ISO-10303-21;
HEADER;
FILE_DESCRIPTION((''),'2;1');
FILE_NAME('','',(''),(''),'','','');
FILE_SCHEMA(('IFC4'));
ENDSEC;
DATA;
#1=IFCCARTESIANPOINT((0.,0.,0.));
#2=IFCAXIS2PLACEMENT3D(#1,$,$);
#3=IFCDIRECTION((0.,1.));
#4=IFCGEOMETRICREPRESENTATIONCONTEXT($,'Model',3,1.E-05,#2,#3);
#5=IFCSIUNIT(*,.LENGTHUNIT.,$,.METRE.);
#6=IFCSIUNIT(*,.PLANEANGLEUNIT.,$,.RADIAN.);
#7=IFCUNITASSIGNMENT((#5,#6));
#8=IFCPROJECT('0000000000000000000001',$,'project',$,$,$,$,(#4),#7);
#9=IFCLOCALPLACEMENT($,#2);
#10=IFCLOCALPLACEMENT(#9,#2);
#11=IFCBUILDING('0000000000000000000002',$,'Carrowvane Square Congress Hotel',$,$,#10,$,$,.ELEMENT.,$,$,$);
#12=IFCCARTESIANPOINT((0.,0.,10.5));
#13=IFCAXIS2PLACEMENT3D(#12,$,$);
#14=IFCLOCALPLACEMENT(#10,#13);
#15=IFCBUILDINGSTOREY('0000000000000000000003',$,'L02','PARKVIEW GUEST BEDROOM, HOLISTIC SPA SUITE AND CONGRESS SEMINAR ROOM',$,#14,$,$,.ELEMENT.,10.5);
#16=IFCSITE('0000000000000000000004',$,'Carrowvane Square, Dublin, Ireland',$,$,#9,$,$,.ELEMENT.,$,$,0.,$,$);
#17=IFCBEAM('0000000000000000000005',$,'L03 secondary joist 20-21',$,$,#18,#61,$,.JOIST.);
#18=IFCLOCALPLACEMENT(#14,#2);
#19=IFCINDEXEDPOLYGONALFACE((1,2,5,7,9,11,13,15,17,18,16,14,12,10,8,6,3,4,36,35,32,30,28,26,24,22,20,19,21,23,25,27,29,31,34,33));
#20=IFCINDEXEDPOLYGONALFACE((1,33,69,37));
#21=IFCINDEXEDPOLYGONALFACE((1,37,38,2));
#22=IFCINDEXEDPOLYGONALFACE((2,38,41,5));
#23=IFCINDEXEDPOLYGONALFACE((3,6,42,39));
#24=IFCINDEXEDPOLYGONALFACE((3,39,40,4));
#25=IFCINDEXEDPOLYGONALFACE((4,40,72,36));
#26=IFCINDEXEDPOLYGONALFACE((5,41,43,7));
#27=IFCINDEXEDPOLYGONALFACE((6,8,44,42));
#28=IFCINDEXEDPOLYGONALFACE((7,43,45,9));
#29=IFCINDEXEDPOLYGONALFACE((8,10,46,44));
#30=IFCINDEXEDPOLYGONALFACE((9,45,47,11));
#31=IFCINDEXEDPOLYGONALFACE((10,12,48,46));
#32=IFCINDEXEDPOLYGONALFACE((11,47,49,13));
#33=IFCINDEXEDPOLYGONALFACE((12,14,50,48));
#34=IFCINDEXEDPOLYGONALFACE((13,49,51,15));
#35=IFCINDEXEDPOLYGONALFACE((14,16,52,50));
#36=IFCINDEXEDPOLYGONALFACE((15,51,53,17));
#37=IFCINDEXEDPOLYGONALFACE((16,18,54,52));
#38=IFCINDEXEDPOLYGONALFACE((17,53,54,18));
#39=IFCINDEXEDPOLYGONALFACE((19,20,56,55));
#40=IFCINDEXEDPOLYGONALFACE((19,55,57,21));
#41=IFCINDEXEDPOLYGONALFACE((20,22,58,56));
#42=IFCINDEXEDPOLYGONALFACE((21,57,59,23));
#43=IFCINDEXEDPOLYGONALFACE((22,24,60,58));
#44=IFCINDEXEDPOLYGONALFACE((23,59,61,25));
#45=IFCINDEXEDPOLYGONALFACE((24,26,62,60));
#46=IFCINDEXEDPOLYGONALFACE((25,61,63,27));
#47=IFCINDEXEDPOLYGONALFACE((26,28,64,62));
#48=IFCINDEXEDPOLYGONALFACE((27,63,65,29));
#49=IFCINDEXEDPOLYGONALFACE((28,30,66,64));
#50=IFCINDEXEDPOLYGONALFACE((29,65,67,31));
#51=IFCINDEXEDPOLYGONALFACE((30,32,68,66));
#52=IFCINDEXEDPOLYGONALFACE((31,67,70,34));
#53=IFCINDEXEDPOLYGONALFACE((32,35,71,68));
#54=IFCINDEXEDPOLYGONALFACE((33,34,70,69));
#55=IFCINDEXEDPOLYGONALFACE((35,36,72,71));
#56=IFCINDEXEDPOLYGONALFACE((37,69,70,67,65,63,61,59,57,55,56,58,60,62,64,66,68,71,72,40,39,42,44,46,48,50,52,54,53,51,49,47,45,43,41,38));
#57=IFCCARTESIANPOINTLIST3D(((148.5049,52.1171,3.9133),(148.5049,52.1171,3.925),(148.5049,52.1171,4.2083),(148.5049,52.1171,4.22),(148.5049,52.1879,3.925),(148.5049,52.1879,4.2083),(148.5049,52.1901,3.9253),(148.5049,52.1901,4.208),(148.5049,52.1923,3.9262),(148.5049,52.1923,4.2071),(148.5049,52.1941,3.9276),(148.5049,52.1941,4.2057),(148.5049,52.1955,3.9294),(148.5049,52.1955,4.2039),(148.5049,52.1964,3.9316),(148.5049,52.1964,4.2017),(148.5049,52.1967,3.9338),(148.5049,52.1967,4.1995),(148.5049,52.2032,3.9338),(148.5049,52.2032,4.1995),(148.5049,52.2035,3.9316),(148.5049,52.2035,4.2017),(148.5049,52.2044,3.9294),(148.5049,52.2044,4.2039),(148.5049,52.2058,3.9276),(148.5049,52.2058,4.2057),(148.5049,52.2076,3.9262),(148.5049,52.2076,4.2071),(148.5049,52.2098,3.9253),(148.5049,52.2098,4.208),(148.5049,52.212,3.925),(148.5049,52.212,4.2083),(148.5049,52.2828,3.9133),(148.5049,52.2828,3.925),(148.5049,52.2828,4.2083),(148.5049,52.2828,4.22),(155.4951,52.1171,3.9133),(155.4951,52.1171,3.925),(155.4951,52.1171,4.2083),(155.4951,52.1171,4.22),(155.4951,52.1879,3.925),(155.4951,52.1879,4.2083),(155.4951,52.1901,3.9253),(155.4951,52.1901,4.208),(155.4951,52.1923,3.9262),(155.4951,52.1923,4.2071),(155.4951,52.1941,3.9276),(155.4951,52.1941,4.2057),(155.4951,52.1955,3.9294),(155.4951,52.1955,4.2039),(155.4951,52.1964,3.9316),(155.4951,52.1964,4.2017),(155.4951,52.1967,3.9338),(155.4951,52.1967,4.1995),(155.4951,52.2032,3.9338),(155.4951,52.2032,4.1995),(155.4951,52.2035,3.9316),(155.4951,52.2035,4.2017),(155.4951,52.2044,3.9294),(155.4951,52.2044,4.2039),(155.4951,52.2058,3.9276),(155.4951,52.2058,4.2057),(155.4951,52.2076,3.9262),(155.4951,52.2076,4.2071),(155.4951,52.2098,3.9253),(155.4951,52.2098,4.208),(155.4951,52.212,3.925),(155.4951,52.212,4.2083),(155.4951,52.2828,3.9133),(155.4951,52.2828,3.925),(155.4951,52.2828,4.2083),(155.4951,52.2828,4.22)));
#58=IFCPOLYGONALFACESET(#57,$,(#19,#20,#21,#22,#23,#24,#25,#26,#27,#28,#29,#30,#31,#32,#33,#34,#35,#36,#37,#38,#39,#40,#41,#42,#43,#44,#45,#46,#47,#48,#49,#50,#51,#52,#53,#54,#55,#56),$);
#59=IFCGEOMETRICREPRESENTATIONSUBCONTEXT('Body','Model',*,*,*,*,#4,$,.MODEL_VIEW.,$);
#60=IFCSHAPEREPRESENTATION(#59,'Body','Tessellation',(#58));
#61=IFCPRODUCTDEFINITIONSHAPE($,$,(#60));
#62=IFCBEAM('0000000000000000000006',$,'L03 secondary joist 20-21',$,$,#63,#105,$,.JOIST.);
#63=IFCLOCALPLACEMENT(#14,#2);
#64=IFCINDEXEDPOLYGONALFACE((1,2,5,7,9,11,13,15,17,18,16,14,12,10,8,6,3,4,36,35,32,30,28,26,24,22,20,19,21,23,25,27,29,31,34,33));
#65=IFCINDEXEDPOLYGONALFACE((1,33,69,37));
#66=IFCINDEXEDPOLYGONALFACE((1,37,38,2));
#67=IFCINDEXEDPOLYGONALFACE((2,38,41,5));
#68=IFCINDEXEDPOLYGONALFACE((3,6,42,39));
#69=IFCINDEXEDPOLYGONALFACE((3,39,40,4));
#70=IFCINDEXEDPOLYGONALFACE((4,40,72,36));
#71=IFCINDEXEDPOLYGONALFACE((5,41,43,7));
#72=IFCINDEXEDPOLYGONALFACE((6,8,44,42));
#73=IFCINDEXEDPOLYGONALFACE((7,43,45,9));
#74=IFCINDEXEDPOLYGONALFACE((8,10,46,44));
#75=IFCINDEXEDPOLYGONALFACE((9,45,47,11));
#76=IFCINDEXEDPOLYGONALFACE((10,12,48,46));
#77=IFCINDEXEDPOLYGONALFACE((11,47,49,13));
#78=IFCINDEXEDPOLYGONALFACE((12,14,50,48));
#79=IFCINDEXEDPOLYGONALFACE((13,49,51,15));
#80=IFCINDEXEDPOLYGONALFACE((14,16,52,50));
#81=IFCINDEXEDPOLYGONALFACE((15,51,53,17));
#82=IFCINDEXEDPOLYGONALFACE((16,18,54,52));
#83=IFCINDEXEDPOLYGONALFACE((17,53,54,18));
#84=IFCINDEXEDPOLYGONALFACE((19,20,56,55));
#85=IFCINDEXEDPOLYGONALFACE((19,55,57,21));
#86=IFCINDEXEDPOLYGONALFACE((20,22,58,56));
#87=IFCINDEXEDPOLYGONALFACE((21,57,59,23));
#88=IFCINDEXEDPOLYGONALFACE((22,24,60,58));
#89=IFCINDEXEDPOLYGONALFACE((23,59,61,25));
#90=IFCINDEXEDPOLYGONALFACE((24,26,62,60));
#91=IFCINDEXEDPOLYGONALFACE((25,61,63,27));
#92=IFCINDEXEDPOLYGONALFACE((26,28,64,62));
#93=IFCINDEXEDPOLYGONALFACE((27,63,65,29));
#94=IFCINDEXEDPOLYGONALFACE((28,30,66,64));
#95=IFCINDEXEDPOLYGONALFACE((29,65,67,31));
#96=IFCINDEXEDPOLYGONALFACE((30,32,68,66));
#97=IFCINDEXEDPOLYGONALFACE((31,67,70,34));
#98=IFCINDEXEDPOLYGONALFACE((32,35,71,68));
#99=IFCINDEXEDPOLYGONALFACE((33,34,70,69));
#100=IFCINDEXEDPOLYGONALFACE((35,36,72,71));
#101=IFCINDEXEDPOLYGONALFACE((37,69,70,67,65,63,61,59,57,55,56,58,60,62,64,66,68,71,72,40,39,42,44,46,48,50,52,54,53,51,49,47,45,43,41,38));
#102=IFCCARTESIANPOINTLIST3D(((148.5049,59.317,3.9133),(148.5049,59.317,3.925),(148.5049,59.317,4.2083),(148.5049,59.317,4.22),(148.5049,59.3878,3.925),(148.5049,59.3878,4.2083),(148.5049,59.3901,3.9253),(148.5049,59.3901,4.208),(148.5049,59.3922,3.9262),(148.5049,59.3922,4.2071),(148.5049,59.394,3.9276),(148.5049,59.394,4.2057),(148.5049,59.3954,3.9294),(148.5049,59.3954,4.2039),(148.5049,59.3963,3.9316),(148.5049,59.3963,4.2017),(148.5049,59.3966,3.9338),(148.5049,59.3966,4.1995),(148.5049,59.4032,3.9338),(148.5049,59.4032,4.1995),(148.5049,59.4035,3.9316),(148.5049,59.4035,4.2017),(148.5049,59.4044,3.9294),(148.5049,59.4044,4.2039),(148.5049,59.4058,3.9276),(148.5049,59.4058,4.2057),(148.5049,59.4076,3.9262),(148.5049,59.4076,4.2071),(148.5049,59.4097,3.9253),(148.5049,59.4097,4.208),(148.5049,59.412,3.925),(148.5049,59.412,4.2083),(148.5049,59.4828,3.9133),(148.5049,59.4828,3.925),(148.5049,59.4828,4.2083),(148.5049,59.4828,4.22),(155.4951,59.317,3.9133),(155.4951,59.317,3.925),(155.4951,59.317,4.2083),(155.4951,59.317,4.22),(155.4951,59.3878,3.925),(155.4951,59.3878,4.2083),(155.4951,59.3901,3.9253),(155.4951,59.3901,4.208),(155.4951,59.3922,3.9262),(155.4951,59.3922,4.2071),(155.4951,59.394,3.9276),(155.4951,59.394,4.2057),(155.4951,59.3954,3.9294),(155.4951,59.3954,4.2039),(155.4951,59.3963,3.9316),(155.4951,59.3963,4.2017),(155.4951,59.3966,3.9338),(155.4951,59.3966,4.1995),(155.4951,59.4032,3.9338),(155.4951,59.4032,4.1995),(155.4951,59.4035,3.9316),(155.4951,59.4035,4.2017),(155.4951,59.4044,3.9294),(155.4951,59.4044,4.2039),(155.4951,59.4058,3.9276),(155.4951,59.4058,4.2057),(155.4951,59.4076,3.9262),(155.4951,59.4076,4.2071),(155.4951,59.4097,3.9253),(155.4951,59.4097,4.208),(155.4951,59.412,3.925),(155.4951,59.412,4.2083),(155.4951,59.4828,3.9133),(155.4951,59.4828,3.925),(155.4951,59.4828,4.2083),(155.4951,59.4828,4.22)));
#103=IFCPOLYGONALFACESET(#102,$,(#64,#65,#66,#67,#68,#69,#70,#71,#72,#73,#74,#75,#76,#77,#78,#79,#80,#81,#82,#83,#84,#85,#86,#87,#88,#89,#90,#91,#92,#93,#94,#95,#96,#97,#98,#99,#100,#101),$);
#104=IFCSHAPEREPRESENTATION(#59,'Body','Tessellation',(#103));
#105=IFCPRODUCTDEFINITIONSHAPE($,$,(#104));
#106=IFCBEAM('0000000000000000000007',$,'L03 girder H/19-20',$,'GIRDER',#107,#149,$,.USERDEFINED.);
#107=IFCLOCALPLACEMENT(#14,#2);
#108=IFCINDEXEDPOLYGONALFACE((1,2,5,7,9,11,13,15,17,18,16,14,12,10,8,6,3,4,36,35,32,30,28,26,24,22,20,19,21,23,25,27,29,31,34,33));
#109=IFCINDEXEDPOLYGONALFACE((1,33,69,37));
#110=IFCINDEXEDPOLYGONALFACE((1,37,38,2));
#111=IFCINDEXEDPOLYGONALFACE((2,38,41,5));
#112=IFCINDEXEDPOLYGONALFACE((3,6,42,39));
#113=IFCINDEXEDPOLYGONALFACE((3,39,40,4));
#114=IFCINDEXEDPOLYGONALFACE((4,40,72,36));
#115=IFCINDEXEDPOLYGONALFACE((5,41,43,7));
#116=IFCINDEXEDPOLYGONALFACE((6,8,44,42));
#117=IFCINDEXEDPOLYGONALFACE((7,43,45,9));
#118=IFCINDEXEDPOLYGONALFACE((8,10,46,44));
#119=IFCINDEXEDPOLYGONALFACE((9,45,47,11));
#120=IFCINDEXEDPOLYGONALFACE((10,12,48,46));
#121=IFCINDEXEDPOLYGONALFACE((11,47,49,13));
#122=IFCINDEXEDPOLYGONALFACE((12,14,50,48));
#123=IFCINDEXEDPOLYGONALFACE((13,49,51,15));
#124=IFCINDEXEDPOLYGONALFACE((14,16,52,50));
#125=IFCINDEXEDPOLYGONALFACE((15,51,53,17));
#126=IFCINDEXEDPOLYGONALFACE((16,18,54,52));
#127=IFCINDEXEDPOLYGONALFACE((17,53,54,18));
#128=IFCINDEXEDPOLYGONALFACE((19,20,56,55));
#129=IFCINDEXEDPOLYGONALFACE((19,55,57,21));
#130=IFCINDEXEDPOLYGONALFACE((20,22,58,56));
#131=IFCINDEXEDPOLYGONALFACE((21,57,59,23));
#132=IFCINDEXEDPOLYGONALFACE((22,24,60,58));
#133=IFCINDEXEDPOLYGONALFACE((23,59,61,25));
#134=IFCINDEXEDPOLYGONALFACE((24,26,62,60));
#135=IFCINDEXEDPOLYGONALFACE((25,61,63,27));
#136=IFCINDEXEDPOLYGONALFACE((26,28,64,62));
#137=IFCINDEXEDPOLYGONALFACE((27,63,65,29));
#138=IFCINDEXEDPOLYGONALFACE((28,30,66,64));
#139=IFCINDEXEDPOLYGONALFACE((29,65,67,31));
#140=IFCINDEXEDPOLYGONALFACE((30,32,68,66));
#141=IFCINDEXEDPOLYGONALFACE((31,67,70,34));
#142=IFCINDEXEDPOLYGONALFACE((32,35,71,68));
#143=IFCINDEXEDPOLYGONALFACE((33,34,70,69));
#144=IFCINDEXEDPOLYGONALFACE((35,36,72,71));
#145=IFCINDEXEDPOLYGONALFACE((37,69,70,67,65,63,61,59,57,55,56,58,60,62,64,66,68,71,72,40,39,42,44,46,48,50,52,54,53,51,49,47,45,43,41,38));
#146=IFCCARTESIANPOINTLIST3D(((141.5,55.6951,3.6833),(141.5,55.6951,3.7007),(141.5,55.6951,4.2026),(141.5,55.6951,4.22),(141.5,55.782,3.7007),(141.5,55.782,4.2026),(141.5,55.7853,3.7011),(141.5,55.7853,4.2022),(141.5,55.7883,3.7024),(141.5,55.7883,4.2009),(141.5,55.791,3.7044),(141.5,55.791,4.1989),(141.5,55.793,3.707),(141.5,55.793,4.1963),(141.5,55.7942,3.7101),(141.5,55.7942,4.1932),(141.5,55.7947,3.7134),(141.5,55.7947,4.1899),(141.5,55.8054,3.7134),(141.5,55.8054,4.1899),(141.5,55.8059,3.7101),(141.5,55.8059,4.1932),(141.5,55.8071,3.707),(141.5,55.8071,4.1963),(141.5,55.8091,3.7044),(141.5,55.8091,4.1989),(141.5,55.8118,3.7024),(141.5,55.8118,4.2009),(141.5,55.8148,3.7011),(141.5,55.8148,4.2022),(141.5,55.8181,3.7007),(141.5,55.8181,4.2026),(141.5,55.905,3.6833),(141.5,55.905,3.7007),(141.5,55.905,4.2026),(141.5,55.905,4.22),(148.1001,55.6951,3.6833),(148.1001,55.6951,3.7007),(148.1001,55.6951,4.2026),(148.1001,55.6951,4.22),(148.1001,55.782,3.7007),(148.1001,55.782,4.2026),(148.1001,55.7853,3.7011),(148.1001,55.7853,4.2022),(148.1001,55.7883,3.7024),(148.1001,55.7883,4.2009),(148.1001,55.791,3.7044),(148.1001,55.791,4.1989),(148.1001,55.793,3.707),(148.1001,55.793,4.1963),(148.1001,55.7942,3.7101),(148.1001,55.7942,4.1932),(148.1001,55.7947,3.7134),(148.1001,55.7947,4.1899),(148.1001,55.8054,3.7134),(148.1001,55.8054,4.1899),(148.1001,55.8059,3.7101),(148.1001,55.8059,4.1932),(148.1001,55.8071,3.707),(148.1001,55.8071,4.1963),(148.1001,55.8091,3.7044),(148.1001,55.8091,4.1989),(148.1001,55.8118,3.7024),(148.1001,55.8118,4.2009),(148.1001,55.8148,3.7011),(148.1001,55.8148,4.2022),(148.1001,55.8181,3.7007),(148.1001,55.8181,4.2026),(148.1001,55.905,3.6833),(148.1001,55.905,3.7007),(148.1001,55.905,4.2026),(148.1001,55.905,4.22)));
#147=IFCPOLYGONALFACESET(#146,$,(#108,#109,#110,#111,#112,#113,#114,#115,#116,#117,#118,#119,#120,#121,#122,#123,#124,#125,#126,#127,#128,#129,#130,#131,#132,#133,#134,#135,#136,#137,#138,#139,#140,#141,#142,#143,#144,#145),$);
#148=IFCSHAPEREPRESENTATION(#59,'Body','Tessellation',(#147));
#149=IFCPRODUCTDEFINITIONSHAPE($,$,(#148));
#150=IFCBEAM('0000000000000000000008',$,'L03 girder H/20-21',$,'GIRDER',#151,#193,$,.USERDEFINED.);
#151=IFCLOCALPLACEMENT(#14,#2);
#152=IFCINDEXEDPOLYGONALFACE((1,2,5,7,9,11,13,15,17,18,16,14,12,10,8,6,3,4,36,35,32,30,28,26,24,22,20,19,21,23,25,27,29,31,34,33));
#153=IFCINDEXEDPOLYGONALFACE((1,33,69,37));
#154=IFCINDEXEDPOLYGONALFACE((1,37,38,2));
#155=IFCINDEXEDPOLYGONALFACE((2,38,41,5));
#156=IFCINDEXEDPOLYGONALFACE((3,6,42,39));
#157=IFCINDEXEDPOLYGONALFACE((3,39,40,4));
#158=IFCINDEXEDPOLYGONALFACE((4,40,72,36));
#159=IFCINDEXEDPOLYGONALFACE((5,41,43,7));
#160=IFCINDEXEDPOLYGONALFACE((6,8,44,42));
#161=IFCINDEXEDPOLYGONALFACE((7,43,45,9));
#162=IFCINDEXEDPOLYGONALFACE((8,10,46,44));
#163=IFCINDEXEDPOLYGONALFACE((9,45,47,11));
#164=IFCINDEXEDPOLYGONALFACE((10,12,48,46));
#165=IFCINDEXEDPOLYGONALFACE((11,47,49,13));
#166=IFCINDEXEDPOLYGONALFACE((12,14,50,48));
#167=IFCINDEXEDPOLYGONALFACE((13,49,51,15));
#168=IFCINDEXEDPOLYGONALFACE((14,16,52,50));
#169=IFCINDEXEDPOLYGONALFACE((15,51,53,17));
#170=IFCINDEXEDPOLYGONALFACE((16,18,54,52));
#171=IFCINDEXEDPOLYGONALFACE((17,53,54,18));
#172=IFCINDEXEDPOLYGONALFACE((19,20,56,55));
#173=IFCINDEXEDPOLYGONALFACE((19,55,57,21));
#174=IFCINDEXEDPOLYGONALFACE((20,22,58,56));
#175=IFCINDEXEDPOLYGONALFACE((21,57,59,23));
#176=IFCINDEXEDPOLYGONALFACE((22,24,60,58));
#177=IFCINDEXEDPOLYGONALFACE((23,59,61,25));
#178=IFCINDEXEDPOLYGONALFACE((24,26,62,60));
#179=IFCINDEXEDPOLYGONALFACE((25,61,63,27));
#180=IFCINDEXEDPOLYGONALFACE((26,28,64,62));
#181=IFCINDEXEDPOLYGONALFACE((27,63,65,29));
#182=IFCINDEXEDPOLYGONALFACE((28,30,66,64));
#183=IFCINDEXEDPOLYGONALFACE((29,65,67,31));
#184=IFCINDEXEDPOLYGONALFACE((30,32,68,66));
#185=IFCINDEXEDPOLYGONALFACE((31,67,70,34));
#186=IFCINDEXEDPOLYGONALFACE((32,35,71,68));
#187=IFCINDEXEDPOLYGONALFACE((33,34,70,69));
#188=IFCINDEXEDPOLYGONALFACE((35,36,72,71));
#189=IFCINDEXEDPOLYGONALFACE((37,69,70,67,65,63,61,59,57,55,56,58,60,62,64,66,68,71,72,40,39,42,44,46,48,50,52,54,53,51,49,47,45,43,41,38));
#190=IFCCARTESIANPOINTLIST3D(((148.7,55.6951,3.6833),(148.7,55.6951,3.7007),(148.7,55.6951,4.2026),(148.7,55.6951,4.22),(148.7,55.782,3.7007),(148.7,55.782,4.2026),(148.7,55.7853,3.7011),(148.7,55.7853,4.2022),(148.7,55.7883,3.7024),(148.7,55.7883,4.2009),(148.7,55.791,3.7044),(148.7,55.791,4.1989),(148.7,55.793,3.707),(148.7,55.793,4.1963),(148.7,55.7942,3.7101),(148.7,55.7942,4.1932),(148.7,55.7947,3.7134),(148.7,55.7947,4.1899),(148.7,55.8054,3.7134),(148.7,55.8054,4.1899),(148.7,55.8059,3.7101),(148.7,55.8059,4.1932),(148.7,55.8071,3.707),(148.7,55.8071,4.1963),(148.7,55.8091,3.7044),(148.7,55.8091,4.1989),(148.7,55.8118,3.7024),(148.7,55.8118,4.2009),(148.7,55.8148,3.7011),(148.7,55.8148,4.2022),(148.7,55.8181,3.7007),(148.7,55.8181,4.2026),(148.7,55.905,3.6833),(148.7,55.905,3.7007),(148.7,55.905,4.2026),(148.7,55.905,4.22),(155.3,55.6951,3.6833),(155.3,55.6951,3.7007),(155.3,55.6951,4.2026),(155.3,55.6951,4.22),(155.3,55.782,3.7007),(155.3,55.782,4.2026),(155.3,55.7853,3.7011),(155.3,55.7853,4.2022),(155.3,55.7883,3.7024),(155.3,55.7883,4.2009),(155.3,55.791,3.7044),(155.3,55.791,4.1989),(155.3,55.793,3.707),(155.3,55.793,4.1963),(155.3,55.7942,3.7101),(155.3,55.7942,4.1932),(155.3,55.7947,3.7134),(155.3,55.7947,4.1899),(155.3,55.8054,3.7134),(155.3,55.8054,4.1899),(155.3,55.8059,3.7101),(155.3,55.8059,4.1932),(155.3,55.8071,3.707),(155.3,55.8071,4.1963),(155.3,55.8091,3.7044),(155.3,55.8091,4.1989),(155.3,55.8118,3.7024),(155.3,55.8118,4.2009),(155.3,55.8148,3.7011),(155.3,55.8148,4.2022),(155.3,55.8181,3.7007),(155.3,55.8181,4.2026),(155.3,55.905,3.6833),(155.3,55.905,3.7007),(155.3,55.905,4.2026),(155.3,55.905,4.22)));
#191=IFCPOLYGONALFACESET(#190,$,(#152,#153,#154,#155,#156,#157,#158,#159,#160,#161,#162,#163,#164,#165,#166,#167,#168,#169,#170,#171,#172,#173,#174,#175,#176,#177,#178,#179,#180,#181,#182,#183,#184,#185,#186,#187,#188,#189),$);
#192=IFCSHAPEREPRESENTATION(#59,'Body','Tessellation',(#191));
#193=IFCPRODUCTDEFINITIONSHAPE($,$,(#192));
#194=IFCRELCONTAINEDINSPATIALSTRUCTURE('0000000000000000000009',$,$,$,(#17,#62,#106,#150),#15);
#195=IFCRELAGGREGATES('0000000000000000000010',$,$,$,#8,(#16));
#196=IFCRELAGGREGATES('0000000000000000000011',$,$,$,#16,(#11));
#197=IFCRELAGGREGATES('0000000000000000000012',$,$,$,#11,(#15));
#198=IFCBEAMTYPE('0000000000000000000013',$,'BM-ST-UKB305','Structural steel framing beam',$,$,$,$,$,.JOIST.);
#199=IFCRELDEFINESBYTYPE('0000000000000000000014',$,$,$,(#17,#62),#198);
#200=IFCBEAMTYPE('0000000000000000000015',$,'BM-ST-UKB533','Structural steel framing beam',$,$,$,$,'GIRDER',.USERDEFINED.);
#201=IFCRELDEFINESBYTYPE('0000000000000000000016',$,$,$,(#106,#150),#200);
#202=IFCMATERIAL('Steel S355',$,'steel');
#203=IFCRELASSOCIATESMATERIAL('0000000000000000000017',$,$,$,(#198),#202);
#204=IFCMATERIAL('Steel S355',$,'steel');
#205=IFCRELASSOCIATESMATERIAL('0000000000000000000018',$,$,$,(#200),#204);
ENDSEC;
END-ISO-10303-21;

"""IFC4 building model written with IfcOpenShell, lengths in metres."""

from ifc_helpers import new_model, si_unit, direction, frame, origin, origin_2d, place, context, subcontext, project, spatial, i_section, extrude, material, material_profile, profile_set, type_object, element, save


model = new_model("IFC4")

# Units and contexts
model_context = context("Model", 3, precision=1e-05, world=origin(), true_north=direction((0.0, 1.0)))
body_context = subcontext(model_context, "Body", "Model", "MODEL_VIEW")
ifc_project = project(units=[si_unit("LENGTHUNIT", "METRE"), si_unit("PLANEANGLEUNIT", "RADIAN")], contexts=[model_context])

# Site, building, storey
site_placement = place(None, origin())
site = spatial("IfcSite", under=ifc_project, at=site_placement, Name="Carrowvane Square, Dublin, Ireland", CompositionType="ELEMENT", RefElevation=0.0)
building_placement = place(site_placement, origin())
building = spatial("IfcBuilding", under=site, at=building_placement, Name="Carrowvane Square Congress Hotel", CompositionType="ELEMENT")
storey_placement = place(building_placement, frame((0.0, 0.0, 10.5)))
storey = spatial("IfcBuildingStorey", under=building, at=storey_placement, Name="L02", Description="PARKVIEW GUEST BEDROOM, HOLISTIC SPA SUITE AND CONGRESS SEMINAR ROOM", CompositionType="ELEMENT", Elevation=10.5)

# Beams
ifc_material_1 = material(Name="Steel S355", Category="steel")
ifc_material_profile_1 = material_profile(ifc_material_1, i_section(OverallWidth=0.1658, OverallDepth=0.3066, WebThickness=0.0066, FlangeThickness=0.0117, FilletRadius=0.0088, at=origin_2d()), Name="UKB 305x165x46")
ifc_profile_set_1 = profile_set([ifc_material_profile_1], Name="Steel S355")
beam_type_1 = type_object("IfcBeamType", Name="BM-ST-UKB305", Description="Structural steel framing beam", PredefinedType="JOIST", material=ifc_profile_set_1)
for number, where, z_axis, x_axis, name in (
    (1, (148.5049, 52.2, 4.0667), (1.0, 0.0, 0.0), (0.0, 1.0, 0.0), "L03 secondary joist 20-21"),
    (2, (148.5049, 59.3999, 4.0667), (1.0, 0.0, 0.0), (0.0, 1.0, 0.0), "L03 secondary joist 20-21"),
):
    element("IfcBeam", number, at=place(storey_placement, frame(where, z_axis=z_axis, x_axis=x_axis)), inside=storey, type_object=beam_type_1, Name=name, PredefinedType="JOIST", context=body_context, shape_type="SweptSolid", body=[
        extrude(i_section(OverallWidth=0.1658, OverallDepth=0.3066, WebThickness=0.0066, FlangeThickness=0.0117, FilletRadius=0.0088, at=origin_2d()), origin(), (0.0, 0.0, 1.0), 6.9902),
    ])
ifc_material_2 = material(Name="Steel S355", Category="steel")
ifc_material_profile_2 = material_profile(ifc_material_2, i_section(OverallWidth=0.21, OverallDepth=0.5366, WebThickness=0.0107, FlangeThickness=0.0173, FilletRadius=0.0127, at=origin_2d()), Name="UKB 533x210x101")
ifc_profile_set_2 = profile_set([ifc_material_profile_2], Name="Steel S355")
beam_type_2 = type_object("IfcBeamType", Name="BM-ST-UKB533", Description="Structural steel framing beam", ElementType="GIRDER", PredefinedType="USERDEFINED", material=ifc_profile_set_2)
for number, where, z_axis, x_axis, name in (
    (3, (141.5, 55.8, 3.9517), (1.0, 0.0, 0.0), (0.0, 1.0, 0.0), "L03 girder H/19-20"),
    (4, (148.7, 55.8, 3.9517), (1.0, 0.0, 0.0), (0.0, 1.0, 0.0), "L03 girder H/20-21"),
):
    element("IfcBeam", number, at=place(storey_placement, frame(where, z_axis=z_axis, x_axis=x_axis)), inside=storey, type_object=beam_type_2, Name=name, ObjectType="GIRDER", PredefinedType="USERDEFINED", context=body_context, shape_type="SweptSolid", body=[
        extrude(i_section(OverallWidth=0.21, OverallDepth=0.5366, WebThickness=0.0107, FlangeThickness=0.0173, FilletRadius=0.0127, at=origin_2d()), origin(), (0.0, 0.0, 1.0), 6.6001),
    ])

save(model, "model.ifc")
